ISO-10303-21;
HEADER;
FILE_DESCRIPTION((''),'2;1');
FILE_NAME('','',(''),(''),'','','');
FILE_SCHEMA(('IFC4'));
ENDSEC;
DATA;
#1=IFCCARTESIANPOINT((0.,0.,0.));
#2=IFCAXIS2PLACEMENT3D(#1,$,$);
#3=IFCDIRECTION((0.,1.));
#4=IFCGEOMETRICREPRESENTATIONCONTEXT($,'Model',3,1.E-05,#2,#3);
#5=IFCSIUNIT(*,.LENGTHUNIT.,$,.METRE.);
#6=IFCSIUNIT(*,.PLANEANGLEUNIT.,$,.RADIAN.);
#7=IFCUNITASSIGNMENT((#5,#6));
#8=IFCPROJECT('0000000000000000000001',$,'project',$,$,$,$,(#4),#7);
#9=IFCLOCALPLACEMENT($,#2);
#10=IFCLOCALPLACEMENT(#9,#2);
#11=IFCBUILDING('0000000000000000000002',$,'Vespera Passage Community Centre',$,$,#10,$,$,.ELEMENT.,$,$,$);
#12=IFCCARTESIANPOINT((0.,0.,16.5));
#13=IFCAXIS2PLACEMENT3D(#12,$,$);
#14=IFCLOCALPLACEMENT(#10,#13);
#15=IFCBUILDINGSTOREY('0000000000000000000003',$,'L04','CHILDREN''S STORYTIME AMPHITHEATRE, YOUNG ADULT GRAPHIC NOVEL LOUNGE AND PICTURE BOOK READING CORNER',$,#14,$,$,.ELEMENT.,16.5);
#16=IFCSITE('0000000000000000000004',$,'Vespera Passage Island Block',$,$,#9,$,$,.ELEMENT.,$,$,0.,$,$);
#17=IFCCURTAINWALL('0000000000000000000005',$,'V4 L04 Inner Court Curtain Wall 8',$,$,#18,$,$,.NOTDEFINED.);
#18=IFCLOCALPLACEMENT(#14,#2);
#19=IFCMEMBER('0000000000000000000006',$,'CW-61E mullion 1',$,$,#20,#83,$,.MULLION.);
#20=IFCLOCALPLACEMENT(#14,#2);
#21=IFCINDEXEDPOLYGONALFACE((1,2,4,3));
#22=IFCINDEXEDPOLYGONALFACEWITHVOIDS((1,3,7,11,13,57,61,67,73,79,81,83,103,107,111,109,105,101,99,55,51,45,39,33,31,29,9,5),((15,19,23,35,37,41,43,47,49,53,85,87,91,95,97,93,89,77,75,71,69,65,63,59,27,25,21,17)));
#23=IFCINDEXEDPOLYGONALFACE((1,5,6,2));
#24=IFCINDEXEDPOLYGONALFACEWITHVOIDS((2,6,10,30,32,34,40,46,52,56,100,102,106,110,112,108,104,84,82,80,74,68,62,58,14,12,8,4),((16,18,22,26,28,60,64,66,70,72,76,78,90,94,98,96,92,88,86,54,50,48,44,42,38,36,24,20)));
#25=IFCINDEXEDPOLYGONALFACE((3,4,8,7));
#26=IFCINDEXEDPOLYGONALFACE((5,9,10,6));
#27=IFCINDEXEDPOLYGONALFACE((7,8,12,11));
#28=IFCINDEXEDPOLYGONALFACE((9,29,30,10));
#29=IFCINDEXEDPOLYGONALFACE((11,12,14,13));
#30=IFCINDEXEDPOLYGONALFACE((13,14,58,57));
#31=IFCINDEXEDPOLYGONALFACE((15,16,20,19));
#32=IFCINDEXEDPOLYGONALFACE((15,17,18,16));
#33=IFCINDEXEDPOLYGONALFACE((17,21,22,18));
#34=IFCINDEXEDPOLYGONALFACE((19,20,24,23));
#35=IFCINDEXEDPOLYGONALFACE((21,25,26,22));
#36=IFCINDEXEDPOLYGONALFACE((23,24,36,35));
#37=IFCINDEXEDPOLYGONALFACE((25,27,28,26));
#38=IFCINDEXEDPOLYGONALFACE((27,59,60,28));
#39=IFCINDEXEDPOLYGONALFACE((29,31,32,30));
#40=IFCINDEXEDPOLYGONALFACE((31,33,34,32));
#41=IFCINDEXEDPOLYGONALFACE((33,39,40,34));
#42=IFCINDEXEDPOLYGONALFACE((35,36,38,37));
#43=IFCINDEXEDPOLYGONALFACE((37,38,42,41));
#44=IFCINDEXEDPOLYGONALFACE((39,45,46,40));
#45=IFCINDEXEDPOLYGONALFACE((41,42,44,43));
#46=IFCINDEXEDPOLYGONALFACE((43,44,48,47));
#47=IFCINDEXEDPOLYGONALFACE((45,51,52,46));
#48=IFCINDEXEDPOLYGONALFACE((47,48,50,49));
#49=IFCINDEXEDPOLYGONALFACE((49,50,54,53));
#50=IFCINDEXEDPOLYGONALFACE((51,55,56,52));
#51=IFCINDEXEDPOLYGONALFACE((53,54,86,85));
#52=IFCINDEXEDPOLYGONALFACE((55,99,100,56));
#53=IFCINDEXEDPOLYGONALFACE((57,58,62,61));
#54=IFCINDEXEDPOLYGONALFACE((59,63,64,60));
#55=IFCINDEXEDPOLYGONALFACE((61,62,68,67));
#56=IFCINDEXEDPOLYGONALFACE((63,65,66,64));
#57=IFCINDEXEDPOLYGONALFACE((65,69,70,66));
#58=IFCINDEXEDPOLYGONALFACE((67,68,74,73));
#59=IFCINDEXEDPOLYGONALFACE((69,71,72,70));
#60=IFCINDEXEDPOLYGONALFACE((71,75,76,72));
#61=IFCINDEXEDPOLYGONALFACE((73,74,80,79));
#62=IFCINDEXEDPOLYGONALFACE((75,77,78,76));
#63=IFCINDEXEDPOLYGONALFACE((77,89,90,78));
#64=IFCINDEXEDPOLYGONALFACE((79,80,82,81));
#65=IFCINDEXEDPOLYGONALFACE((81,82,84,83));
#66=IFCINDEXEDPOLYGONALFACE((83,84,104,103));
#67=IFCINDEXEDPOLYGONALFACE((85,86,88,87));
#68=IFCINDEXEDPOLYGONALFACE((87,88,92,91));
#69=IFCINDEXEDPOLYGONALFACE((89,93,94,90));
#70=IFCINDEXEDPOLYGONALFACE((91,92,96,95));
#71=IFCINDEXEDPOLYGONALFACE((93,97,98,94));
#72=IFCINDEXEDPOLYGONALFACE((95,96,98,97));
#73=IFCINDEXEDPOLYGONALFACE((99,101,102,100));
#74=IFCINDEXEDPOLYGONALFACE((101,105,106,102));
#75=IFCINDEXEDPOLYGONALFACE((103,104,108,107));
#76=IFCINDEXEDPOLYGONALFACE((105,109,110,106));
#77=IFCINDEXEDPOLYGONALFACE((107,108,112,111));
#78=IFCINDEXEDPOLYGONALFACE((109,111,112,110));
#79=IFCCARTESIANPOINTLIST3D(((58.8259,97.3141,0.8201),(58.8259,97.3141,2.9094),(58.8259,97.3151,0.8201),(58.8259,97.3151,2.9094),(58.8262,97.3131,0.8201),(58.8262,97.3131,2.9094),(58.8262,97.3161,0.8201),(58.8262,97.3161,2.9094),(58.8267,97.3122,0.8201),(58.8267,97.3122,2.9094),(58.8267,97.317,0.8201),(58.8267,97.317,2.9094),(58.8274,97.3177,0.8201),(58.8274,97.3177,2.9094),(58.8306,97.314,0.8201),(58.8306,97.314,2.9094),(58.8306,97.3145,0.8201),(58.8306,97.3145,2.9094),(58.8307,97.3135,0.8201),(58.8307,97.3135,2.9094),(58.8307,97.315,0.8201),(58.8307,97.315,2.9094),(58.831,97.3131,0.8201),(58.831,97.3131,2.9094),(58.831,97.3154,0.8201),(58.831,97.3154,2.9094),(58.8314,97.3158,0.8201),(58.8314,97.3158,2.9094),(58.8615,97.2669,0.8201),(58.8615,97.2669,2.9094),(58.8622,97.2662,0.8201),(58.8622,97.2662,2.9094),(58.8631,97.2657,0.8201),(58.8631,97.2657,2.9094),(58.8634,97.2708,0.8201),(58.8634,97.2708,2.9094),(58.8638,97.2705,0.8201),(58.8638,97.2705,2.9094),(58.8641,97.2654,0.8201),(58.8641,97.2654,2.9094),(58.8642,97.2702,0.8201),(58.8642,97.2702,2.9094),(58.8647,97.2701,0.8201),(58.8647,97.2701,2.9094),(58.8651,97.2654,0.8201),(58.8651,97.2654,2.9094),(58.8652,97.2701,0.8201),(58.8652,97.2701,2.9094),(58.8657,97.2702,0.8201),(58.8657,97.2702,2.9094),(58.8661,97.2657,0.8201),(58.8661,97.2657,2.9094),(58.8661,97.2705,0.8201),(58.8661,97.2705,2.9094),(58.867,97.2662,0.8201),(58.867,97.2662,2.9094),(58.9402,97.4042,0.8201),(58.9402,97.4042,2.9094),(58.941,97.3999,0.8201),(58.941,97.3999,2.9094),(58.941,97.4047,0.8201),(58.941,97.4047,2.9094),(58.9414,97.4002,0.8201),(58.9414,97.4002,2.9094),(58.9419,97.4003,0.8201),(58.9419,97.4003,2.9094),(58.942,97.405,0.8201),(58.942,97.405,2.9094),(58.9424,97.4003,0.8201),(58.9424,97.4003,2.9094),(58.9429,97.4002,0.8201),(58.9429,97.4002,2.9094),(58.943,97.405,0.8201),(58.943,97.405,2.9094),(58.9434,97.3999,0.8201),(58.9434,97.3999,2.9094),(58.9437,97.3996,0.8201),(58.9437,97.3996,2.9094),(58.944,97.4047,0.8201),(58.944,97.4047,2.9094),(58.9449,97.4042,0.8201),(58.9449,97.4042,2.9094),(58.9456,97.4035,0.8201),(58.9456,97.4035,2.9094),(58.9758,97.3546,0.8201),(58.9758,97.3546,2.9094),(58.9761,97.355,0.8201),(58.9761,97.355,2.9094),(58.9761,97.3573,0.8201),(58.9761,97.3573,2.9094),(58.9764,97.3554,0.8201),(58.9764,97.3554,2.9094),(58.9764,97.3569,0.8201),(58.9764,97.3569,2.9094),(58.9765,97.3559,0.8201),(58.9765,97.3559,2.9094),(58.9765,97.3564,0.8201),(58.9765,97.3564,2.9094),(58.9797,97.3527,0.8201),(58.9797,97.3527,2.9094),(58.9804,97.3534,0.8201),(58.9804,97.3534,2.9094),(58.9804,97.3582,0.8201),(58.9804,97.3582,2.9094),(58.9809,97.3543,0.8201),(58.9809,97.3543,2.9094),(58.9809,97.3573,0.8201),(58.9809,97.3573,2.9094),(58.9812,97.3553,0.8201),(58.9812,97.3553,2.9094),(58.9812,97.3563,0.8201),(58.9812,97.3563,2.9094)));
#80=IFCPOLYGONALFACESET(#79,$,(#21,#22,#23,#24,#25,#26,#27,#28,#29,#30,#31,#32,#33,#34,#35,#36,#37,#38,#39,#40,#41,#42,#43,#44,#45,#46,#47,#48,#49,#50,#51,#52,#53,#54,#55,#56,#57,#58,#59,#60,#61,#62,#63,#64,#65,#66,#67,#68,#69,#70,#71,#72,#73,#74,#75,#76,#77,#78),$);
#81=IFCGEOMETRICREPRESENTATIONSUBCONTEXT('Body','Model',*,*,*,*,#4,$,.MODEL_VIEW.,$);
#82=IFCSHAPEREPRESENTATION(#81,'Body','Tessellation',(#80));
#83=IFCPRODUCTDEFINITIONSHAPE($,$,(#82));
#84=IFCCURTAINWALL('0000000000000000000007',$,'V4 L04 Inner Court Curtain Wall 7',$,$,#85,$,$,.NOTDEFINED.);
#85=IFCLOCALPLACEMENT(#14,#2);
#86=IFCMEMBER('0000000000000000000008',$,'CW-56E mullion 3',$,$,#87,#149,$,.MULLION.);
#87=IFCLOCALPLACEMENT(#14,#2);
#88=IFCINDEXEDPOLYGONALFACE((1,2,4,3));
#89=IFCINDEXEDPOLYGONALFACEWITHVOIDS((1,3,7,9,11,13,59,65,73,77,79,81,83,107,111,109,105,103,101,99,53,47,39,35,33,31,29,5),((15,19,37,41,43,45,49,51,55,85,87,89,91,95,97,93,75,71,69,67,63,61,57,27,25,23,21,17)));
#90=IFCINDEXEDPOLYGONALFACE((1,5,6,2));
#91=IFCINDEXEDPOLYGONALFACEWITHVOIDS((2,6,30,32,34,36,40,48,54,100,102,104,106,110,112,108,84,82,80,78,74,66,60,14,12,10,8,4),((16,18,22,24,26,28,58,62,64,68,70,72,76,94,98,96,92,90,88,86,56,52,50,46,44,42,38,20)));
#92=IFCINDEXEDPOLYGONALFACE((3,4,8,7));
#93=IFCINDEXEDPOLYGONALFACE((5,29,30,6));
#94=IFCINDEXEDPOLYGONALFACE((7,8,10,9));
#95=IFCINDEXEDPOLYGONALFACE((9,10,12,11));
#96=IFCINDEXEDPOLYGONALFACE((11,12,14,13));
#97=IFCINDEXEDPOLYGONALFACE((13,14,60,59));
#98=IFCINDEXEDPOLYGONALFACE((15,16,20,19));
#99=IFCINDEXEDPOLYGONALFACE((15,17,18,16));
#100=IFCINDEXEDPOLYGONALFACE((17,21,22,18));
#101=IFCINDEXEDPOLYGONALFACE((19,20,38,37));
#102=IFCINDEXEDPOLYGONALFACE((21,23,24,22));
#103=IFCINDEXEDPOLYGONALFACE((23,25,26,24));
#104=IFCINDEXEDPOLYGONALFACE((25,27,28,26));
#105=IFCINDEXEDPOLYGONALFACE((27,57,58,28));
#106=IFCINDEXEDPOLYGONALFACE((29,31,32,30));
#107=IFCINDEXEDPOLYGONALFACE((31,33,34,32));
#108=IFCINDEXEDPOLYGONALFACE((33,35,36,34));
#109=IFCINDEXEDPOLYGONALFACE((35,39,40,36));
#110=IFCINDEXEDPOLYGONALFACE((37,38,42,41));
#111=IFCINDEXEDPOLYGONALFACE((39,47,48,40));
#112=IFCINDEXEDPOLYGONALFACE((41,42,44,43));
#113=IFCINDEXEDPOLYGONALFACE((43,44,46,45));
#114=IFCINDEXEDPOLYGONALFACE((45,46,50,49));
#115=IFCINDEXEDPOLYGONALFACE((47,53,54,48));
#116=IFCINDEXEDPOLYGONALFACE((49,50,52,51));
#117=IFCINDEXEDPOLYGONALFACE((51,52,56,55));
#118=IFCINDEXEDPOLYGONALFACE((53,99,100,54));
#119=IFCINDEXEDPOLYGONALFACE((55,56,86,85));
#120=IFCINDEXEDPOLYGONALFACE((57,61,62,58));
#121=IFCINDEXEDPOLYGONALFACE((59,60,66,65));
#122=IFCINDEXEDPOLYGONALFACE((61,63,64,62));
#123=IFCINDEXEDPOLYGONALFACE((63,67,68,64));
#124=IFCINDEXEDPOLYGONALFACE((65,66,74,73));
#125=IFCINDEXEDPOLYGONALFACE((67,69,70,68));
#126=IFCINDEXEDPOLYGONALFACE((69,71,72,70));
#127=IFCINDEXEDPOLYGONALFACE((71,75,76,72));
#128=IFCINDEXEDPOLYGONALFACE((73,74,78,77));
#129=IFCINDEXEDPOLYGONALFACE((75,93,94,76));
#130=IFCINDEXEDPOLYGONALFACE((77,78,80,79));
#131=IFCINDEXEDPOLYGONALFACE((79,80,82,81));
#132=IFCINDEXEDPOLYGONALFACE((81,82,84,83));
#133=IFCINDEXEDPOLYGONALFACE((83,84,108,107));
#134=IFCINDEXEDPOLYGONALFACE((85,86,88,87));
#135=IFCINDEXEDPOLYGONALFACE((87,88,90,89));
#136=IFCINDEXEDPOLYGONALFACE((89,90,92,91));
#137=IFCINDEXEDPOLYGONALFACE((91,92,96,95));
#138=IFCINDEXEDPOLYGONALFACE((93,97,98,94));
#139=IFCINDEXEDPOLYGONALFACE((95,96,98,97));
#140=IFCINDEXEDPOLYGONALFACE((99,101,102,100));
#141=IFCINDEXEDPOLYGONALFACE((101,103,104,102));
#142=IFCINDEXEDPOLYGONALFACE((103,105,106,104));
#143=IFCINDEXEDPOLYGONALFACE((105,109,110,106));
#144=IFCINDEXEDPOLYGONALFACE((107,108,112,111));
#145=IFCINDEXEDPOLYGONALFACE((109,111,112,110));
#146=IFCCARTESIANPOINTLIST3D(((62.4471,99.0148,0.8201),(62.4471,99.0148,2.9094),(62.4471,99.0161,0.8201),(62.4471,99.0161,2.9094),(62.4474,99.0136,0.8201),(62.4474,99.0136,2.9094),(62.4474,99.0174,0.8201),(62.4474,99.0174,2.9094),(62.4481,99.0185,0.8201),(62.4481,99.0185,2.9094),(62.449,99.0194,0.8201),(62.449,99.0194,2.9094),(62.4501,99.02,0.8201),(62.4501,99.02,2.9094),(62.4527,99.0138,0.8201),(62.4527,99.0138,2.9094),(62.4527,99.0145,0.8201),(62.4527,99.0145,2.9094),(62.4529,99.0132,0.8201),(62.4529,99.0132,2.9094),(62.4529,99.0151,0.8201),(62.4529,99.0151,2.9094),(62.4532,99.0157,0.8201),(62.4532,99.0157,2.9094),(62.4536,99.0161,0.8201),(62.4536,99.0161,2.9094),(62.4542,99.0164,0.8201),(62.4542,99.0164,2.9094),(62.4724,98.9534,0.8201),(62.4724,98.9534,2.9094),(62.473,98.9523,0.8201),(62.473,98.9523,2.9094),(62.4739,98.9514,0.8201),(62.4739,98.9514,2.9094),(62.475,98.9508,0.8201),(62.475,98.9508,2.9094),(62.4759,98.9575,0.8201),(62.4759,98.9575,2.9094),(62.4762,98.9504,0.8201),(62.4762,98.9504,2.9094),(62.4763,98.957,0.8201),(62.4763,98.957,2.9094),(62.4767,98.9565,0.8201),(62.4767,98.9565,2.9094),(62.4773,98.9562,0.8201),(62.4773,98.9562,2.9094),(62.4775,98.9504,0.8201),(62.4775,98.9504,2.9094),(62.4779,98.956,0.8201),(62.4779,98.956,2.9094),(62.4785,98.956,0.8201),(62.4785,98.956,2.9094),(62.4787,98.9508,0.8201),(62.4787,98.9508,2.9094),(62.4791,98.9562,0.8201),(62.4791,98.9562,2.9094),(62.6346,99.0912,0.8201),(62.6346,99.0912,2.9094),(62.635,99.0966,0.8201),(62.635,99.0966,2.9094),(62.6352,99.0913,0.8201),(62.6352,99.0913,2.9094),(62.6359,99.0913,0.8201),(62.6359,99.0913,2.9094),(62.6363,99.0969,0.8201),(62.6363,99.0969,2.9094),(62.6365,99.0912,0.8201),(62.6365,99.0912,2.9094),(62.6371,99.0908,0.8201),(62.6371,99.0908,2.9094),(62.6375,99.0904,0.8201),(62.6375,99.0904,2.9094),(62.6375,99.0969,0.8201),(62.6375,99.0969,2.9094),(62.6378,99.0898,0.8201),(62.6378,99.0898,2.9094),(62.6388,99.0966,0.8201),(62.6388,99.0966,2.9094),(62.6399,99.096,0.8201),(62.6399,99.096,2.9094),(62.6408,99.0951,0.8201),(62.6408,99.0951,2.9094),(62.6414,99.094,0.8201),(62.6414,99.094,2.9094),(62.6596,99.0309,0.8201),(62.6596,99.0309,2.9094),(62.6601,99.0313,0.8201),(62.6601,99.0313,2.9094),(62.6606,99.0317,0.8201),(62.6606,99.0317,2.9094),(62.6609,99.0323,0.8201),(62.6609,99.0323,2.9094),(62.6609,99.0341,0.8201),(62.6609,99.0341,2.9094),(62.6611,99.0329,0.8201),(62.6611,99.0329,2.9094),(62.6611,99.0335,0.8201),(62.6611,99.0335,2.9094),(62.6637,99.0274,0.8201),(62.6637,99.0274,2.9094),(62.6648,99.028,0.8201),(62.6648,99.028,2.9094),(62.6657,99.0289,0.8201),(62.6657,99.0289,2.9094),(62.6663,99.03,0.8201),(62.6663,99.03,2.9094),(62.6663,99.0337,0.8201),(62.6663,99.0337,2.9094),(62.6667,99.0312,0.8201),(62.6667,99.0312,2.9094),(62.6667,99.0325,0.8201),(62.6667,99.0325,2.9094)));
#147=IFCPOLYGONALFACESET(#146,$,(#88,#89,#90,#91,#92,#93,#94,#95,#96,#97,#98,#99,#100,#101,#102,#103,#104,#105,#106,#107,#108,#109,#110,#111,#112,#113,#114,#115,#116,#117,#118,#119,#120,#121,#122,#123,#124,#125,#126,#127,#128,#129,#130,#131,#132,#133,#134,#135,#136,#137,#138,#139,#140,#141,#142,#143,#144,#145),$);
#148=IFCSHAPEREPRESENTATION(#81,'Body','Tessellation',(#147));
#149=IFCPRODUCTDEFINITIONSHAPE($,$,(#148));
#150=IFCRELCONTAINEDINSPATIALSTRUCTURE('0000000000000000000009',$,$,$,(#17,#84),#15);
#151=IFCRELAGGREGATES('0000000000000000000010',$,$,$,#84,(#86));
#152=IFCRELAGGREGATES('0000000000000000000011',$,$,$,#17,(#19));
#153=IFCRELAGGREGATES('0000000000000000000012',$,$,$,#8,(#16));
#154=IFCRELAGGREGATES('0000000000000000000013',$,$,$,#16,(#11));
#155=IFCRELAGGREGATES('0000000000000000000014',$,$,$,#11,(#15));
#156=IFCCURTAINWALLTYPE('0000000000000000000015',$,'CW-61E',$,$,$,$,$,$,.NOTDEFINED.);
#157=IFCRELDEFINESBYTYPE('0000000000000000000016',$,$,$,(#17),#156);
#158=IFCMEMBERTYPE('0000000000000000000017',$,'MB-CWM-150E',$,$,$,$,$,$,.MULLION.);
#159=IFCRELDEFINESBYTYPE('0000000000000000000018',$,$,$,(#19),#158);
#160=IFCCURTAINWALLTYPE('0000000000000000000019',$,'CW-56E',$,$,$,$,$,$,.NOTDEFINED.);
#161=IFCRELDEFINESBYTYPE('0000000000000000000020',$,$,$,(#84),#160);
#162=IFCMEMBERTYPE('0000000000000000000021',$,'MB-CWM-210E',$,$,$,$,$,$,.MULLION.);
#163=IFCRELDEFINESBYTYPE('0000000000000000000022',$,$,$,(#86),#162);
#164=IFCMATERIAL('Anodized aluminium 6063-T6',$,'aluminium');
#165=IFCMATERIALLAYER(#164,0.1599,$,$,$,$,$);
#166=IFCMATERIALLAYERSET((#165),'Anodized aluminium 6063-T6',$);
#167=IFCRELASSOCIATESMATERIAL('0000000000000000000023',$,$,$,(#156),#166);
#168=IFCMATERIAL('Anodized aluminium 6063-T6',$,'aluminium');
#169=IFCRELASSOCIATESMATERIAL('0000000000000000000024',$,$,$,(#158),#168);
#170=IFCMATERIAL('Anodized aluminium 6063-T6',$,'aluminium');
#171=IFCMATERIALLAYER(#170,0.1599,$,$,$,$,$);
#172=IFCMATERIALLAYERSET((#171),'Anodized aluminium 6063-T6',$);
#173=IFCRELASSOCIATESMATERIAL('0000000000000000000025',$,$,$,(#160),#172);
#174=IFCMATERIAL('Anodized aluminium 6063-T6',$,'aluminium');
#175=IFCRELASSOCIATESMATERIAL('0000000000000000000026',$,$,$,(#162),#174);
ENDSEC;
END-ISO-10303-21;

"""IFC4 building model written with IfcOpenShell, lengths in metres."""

from ifc_helpers import new_model, si_unit, direction, frame, origin, origin_2d, place, context, subcontext, project, spatial, hollow_rectangle, extrude, material, layer, layer_set, material_profile, profile_set, type_object, element, aggregate, save


model = new_model("IFC4")

# Units and contexts
model_context = context("Model", 3, precision=1e-05, world=origin(), true_north=direction((0.0, 1.0)))
body_context = subcontext(model_context, "Body", "Model", "MODEL_VIEW")
ifc_project = project(units=[si_unit("LENGTHUNIT", "METRE"), si_unit("PLANEANGLEUNIT", "RADIAN")], contexts=[model_context])

# Site, building, storey
site_placement = place(None, origin())
site = spatial("IfcSite", under=ifc_project, at=site_placement, Name="Vespera Passage Island Block", CompositionType="ELEMENT", RefElevation=0.0)
building_placement = place(site_placement, origin())
building = spatial("IfcBuilding", under=site, at=building_placement, Name="Vespera Passage Community Centre", CompositionType="ELEMENT")
storey_placement = place(building_placement, frame((0.0, 0.0, 16.5)))
storey = spatial("IfcBuildingStorey", under=building, at=storey_placement, Name="L04", Description="CHILDREN'S STORYTIME AMPHITHEATRE, YOUNG ADULT GRAPHIC NOVEL LOUNGE AND PICTURE BOOK READING CORNER", CompositionType="ELEMENT", Elevation=16.5)

# Curtain wall, member
ifc_material_1 = material(Name="Anodized aluminium 6063-T6", Category="aluminium")
ifc_layer_1 = layer(ifc_material_1, 0.1599)
ifc_layer_set_1 = layer_set([ifc_layer_1], Name="Anodized aluminium 6063-T6")
curtain_wall_type_1 = type_object("IfcCurtainWallType", Name="CW-61E", PredefinedType="NOTDEFINED", material=ifc_layer_set_1)
curtain_wall_1_placement = place(storey_placement, origin())
curtain_wall_1 = element("IfcCurtainWall", 1, at=curtain_wall_1_placement, inside=storey, type_object=curtain_wall_type_1, Name="V4 L04 Inner Court Curtain Wall 8", PredefinedType="NOTDEFINED")
ifc_material_2 = material(Name="Anodized aluminium 6063-T6", Category="aluminium")
ifc_material_profile_1 = material_profile(ifc_material_2, hollow_rectangle(XDim=0.0649, YDim=0.1499, WallThickness=0.0039, InnerFilletRadius=0.002, OuterFilletRadius=0.0039, at=origin_2d()), Name="ALU150X65X4")
ifc_profile_set_1 = profile_set([ifc_material_profile_1], Name="Anodized aluminium 6063-T6")
member_type_1 = type_object("IfcMemberType", Name="MB-CWM-150E", PredefinedType="MULLION", material=ifc_profile_set_1)
member_1_placement = place(storey_placement, frame((58.9036, 97.3352, 0.8201), z_axis=(0.0, 0.0, 1.0), x_axis=(0.608755, -0.793358, 0.0)))
member_1 = element("IfcMember", 2, at=member_1_placement, type_object=member_type_1, Name="CW-61E mullion 1", PredefinedType="MULLION", context=body_context, shape_type="SweptSolid", body=[
    extrude(hollow_rectangle(XDim=0.0649, YDim=0.1499, WallThickness=0.0039, InnerFilletRadius=0.002, OuterFilletRadius=0.0039, at=origin_2d()), origin(), (0.0, 0.0, 1.0), 2.0894),
])

# Curtain wall, member
ifc_material_3 = material(Name="Anodized aluminium 6063-T6", Category="aluminium")
ifc_layer_2 = layer(ifc_material_3, 0.1599)
ifc_layer_set_2 = layer_set([ifc_layer_2], Name="Anodized aluminium 6063-T6")
curtain_wall_type_2 = type_object("IfcCurtainWallType", Name="CW-56E", PredefinedType="NOTDEFINED", material=ifc_layer_set_2)
curtain_wall_2_placement = place(storey_placement, origin())
curtain_wall_2 = element("IfcCurtainWall", 3, at=curtain_wall_2_placement, inside=storey, type_object=curtain_wall_type_2, Name="V4 L04 Inner Court Curtain Wall 7", PredefinedType="NOTDEFINED")
ifc_material_4 = material(Name="Anodized aluminium 6063-T6", Category="aluminium")
ifc_material_profile_2 = material_profile(ifc_material_4, hollow_rectangle(XDim=0.075, YDim=0.21, WallThickness=0.0049, InnerFilletRadius=0.0024, OuterFilletRadius=0.0049, at=origin_2d()), Name="ALU210X75X5")
ifc_profile_set_2 = profile_set([ifc_material_profile_2], Name="Anodized aluminium 6063-T6")
member_type_2 = type_object("IfcMemberType", Name="MB-CWM-210E", PredefinedType="MULLION", material=ifc_profile_set_2)
member_2_placement = place(storey_placement, frame((62.5569, 99.0237, 0.8201), z_axis=(0.0, 0.0, 1.0), x_axis=(0.38269, -0.923877, 0.0)))
member_2 = element("IfcMember", 4, at=member_2_placement, type_object=member_type_2, Name="CW-56E mullion 3", PredefinedType="MULLION", context=body_context, shape_type="SweptSolid", body=[
    extrude(hollow_rectangle(XDim=0.075, YDim=0.21, WallThickness=0.0049, InnerFilletRadius=0.0024, OuterFilletRadius=0.0049, at=origin_2d()), origin(), (0.0, 0.0, 1.0), 2.0894),
])

aggregate(curtain_wall_2, [member_2])
aggregate(curtain_wall_1, [member_1])

save(model, "model.ifc")
